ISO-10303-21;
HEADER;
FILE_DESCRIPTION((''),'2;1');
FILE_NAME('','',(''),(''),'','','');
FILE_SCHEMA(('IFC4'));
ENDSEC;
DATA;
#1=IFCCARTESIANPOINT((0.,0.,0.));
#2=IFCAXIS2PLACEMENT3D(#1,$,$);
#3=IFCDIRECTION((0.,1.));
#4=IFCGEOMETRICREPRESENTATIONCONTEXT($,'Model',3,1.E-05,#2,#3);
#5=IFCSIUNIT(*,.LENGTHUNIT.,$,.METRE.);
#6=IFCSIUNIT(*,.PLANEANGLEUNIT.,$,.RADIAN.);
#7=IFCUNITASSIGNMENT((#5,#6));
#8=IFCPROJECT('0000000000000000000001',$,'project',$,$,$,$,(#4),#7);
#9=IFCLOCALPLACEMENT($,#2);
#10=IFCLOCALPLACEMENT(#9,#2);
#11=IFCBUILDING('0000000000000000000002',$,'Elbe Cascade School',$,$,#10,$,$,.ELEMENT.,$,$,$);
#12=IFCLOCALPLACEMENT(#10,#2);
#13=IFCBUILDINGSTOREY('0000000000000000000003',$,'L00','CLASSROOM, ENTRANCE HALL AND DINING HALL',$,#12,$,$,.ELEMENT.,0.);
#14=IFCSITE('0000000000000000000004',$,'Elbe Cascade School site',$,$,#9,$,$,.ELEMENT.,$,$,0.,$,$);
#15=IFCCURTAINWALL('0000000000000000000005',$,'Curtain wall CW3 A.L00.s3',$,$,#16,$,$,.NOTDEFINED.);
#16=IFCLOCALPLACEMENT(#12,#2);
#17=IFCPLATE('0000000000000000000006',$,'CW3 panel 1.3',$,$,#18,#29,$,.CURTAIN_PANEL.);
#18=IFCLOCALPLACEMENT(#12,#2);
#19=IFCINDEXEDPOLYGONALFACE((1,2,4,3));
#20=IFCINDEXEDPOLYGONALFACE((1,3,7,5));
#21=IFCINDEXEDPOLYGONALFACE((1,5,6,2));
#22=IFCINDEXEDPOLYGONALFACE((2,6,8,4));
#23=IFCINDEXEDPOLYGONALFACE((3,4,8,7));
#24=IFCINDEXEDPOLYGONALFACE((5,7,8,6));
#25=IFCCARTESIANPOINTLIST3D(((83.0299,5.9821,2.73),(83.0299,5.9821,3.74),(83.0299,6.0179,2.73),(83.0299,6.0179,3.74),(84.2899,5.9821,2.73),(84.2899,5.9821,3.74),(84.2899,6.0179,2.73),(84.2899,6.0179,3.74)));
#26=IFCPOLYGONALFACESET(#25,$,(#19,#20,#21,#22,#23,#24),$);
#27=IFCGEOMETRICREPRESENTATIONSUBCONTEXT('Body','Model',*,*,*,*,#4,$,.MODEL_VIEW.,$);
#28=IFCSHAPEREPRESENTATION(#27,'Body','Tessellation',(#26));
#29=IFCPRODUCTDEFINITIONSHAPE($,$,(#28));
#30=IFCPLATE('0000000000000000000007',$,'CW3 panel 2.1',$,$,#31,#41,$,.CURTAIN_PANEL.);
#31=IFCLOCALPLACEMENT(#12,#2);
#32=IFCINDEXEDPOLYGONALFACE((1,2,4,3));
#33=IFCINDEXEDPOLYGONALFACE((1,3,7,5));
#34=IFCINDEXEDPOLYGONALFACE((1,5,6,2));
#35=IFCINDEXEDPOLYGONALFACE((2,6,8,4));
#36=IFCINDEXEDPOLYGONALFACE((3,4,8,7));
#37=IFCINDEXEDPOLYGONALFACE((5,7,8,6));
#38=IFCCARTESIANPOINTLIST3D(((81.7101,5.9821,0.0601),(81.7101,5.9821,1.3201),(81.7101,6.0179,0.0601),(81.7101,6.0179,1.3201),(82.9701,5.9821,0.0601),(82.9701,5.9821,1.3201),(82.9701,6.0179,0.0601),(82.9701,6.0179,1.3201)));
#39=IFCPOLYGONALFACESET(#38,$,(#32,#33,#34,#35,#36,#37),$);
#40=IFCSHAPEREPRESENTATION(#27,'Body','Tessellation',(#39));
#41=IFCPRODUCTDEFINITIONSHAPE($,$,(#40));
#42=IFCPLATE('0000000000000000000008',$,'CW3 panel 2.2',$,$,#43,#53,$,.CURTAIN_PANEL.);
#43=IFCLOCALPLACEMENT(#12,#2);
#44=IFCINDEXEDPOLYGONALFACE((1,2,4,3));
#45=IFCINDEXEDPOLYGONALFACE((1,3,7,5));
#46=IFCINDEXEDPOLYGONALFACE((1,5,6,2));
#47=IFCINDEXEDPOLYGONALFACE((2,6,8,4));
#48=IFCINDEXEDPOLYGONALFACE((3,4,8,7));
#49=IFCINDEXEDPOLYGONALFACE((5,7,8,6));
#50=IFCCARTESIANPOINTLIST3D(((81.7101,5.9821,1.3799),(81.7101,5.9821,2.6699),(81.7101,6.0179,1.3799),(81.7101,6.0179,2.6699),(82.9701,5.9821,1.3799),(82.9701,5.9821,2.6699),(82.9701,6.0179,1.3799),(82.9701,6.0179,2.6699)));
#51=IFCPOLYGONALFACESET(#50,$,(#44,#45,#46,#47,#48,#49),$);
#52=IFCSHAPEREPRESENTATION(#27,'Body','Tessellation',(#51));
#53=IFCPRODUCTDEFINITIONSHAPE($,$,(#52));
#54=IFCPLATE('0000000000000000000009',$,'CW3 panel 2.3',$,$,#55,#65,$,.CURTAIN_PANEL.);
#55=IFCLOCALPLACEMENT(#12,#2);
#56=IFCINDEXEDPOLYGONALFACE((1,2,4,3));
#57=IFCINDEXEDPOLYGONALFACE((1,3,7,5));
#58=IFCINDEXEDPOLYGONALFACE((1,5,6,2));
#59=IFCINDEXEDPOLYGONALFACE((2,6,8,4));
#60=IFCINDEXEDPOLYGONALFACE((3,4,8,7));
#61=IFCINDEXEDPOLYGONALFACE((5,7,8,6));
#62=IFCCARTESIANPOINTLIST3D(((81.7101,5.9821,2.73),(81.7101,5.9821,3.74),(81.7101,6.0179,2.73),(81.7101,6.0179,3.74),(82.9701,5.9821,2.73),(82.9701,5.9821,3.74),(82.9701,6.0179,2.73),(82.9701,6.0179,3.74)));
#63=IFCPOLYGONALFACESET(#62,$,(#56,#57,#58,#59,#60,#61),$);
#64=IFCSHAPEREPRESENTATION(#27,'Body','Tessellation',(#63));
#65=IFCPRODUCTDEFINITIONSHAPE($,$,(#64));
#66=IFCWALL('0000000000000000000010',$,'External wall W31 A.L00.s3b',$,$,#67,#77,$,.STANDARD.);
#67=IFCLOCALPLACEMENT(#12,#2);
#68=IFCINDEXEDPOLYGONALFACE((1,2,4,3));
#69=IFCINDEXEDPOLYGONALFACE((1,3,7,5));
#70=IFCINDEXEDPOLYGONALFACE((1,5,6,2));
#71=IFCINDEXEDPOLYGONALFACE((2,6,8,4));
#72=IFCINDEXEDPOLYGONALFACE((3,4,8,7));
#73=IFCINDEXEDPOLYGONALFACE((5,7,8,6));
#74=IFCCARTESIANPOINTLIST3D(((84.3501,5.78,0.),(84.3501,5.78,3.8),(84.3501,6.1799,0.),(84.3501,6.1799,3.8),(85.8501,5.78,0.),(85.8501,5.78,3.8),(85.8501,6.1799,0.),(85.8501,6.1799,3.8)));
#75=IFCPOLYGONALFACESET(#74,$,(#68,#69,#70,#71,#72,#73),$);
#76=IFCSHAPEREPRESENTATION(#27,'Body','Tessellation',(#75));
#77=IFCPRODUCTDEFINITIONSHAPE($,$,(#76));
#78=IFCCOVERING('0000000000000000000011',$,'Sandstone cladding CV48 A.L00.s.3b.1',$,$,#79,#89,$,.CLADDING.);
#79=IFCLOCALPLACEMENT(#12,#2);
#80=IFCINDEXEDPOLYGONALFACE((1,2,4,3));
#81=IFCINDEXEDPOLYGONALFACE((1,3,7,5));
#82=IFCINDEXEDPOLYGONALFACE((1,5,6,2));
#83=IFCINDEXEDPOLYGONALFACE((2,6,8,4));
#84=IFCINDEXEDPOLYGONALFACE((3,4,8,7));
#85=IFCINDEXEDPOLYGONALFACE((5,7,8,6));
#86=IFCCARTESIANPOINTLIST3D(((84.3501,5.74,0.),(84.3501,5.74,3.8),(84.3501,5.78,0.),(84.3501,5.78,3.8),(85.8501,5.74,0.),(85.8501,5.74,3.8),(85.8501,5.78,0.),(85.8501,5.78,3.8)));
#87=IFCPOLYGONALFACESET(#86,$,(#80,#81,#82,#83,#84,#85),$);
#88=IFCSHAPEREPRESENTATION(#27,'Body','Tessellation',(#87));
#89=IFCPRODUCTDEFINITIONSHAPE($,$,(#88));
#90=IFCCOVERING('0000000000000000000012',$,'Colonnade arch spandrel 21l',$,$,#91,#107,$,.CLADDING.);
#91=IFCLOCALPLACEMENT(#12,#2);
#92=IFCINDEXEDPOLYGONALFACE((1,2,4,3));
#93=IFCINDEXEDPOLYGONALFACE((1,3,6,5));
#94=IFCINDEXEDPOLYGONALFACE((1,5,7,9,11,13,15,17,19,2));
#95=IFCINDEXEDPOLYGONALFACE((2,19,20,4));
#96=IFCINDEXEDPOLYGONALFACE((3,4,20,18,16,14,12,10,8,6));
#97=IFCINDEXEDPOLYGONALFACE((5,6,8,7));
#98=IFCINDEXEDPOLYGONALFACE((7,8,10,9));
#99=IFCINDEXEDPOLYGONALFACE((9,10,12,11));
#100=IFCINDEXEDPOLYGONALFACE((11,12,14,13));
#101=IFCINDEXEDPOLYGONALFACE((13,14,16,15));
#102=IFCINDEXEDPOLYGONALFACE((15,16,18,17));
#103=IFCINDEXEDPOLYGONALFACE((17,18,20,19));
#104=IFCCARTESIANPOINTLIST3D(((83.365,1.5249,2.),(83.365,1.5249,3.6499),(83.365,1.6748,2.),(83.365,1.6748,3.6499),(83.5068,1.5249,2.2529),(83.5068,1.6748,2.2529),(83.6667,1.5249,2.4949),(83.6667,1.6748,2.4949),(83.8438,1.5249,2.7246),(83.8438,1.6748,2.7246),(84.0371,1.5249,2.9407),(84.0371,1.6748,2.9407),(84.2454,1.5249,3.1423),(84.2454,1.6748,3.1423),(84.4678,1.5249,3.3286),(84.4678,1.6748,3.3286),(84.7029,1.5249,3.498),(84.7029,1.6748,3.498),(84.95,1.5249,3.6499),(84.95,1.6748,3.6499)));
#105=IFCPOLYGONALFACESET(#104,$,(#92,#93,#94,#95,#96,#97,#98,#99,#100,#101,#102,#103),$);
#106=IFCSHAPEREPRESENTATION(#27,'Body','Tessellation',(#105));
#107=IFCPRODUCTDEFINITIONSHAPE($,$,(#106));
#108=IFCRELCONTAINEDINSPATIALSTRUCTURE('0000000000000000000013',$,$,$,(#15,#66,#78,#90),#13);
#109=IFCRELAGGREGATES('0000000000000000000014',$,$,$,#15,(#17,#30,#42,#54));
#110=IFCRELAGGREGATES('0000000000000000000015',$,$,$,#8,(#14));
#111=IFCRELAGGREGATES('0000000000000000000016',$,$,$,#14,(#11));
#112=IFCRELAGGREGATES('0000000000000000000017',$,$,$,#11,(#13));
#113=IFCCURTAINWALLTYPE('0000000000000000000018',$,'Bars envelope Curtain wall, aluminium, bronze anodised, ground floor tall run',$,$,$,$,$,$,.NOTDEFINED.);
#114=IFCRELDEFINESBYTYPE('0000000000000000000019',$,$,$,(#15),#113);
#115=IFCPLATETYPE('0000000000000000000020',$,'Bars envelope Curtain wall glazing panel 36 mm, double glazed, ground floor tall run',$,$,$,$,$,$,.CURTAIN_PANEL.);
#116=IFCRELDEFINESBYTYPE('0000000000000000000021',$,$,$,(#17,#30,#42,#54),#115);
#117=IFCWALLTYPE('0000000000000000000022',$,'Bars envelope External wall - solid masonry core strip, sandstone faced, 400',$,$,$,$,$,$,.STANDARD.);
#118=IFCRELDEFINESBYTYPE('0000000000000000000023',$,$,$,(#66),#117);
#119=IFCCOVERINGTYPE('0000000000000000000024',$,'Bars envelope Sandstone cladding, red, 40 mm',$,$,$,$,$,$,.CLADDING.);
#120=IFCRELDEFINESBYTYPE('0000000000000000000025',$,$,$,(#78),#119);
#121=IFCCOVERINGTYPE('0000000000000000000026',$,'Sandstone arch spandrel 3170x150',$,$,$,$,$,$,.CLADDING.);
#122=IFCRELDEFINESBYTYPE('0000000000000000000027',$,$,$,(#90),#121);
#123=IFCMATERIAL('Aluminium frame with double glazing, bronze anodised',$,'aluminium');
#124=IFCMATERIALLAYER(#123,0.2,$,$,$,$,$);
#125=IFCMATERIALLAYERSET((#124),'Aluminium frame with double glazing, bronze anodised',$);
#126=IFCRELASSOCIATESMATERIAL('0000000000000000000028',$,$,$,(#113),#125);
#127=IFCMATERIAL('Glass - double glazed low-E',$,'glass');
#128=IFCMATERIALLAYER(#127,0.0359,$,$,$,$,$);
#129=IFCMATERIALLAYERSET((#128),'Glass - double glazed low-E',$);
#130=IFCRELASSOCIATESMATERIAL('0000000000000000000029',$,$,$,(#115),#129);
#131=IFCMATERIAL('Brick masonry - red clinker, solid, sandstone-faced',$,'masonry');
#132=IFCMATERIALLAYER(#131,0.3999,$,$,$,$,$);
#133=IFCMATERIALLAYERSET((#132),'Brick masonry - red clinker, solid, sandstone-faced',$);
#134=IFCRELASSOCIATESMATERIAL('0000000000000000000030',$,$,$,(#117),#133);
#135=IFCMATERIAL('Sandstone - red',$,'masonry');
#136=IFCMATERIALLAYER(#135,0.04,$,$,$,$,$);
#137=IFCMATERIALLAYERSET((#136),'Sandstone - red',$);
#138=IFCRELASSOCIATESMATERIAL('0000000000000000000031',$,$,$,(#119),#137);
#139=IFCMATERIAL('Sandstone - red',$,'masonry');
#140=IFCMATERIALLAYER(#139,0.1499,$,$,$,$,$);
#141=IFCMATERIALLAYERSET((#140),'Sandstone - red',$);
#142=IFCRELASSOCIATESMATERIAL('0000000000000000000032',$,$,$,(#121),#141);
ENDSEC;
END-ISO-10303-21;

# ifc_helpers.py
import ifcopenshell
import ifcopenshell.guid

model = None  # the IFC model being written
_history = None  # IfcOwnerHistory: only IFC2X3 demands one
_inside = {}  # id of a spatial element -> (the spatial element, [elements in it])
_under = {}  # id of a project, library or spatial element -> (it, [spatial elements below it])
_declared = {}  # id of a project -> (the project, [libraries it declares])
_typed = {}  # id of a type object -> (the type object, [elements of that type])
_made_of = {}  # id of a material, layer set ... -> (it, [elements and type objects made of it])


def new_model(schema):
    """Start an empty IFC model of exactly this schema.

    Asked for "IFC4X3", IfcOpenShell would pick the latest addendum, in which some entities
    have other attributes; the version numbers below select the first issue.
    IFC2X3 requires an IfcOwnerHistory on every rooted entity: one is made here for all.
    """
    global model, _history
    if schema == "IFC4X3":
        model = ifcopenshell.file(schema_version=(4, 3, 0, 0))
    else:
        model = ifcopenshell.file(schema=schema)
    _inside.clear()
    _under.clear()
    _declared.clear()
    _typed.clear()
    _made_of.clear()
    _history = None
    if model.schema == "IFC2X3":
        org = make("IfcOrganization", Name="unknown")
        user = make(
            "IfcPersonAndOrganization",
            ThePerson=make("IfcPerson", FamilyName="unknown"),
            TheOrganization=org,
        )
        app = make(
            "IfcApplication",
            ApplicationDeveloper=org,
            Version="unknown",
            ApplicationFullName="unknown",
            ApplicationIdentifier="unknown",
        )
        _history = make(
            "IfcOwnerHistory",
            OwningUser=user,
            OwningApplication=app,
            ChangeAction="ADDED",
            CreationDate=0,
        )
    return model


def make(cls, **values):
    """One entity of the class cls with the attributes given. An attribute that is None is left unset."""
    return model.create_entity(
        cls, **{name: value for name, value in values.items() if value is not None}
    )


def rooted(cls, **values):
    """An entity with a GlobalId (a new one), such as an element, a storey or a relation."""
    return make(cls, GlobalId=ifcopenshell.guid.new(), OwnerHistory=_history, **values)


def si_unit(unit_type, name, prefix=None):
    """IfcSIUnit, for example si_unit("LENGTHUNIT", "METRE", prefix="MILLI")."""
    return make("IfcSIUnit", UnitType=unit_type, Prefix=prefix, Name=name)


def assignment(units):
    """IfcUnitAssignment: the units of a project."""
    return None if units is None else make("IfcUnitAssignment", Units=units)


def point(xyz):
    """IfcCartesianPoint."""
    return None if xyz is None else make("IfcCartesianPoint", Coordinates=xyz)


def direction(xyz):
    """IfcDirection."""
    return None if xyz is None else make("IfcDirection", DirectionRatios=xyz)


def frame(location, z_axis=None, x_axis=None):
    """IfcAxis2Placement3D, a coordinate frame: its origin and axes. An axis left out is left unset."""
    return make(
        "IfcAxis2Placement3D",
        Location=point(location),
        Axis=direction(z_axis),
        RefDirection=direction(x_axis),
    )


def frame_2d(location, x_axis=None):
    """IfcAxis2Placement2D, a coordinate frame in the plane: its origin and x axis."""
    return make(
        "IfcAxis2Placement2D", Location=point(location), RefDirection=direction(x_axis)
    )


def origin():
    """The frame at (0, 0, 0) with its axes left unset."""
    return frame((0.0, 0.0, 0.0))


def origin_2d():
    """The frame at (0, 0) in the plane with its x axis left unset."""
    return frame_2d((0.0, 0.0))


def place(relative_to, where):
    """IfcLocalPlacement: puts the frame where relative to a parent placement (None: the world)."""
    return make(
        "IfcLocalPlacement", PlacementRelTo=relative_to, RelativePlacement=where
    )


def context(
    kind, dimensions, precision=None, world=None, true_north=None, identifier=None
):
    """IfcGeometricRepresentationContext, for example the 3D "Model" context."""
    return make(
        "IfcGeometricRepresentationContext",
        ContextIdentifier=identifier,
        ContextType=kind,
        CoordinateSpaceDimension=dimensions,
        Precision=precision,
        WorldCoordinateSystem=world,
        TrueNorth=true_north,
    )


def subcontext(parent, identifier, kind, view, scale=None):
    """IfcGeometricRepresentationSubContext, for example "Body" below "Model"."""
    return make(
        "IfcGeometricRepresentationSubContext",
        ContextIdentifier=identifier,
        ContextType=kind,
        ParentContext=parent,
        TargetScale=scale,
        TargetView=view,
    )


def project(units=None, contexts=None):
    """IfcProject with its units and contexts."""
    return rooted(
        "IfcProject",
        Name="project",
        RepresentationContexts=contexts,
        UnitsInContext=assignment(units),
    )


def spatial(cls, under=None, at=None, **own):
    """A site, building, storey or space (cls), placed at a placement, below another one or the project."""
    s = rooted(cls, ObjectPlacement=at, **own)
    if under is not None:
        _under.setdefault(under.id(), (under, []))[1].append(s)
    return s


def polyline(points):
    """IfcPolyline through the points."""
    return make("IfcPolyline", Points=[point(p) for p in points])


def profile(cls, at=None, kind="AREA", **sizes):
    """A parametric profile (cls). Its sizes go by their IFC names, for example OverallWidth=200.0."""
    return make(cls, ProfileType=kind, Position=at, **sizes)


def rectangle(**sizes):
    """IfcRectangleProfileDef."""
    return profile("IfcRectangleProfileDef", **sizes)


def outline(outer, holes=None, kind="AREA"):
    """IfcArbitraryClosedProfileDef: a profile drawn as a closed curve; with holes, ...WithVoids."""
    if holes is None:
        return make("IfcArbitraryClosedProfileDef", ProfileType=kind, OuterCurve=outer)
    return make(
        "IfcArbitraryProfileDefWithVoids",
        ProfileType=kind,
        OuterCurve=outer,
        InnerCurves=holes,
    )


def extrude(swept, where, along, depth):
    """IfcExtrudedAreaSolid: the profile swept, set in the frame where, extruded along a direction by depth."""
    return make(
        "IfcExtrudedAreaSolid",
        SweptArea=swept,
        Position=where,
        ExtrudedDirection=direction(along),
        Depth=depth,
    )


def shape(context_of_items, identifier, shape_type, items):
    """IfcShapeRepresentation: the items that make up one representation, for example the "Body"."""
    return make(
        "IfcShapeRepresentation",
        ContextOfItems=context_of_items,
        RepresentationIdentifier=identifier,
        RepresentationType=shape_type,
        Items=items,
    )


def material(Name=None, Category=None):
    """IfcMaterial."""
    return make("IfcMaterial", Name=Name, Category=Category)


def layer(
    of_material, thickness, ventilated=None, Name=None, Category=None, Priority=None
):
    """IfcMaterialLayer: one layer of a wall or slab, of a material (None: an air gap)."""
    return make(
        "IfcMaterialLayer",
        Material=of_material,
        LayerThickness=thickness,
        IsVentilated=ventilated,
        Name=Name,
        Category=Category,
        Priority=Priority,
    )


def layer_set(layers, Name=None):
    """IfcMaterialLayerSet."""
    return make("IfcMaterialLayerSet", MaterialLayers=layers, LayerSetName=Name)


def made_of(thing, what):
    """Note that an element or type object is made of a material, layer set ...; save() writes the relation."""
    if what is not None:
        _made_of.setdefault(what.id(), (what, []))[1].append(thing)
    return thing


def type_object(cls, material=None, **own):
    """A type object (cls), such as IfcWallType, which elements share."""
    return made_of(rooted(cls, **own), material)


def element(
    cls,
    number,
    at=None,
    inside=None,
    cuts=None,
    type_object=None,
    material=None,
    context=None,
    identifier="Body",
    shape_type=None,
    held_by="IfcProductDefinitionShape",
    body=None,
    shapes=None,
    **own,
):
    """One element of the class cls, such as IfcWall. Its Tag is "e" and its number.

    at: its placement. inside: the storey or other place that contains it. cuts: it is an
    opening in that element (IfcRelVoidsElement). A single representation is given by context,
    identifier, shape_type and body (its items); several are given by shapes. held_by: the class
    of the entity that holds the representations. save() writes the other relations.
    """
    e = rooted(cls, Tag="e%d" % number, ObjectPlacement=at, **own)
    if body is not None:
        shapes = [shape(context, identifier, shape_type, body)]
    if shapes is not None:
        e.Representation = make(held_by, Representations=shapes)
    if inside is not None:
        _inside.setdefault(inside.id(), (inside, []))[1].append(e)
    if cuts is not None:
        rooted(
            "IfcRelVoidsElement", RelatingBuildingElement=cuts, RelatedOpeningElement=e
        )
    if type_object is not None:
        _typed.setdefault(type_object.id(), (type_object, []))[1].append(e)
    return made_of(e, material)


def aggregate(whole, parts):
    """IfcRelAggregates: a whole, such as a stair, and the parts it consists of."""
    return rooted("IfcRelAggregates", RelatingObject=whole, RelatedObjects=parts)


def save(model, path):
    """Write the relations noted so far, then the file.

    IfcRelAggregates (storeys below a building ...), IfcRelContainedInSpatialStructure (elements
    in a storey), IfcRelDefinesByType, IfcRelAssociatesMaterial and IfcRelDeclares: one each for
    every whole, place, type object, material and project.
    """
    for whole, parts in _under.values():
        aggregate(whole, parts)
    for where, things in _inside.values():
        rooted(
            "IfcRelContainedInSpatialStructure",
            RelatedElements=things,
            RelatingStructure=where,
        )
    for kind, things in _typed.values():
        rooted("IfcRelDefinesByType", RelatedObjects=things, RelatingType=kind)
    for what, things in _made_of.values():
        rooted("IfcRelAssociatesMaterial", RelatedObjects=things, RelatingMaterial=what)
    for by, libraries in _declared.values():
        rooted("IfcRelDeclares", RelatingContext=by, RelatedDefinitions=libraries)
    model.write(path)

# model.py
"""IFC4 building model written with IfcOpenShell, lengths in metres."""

from ifc_helpers import new_model, si_unit, direction, frame, frame_2d, origin, origin_2d, place, context, subcontext, project, spatial, polyline, rectangle, outline, extrude, material, layer, layer_set, type_object, element, aggregate, save


model = new_model("IFC4")

# Units and contexts
model_context = context("Model", 3, precision=1e-05, world=origin(), true_north=direction((0.0, 1.0)))
body_context = subcontext(model_context, "Body", "Model", "MODEL_VIEW")
ifc_project = project(units=[si_unit("LENGTHUNIT", "METRE"), si_unit("PLANEANGLEUNIT", "RADIAN")], contexts=[model_context])

# Site, building, storey
site_placement = place(None, origin())
site = spatial("IfcSite", under=ifc_project, at=site_placement, Name="Elbe Cascade School site", CompositionType="ELEMENT", RefElevation=0.0)
building_placement = place(site_placement, origin())
building = spatial("IfcBuilding", under=site, at=building_placement, Name="Elbe Cascade School", CompositionType="ELEMENT")
storey_placement = place(building_placement, origin())
storey = spatial("IfcBuildingStorey", under=building, at=storey_placement, Name="L00", Description="CLASSROOM, ENTRANCE HALL AND DINING HALL", CompositionType="ELEMENT", Elevation=0.0)

# Curtain wall
ifc_material_1 = material(Name="Aluminium frame with double glazing, bronze anodised", Category="aluminium")
ifc_layer_1 = layer(ifc_material_1, 0.2)
ifc_layer_set_1 = layer_set([ifc_layer_1], Name="Aluminium frame with double glazing, bronze anodised")
curtain_wall_type = type_object("IfcCurtainWallType", Name="Bars envelope Curtain wall, aluminium, bronze anodised, ground floor tall run", PredefinedType="NOTDEFINED", material=ifc_layer_set_1)
curtain_wall_placement = place(storey_placement, origin())
curtain_wall = element("IfcCurtainWall", 1, at=curtain_wall_placement, inside=storey, type_object=curtain_wall_type, Name="Curtain wall CW3 A.L00.s3", PredefinedType="NOTDEFINED")

# Plates
ifc_material_2 = material(Name="Glass - double glazed low-E", Category="glass")
ifc_layer_2 = layer(ifc_material_2, 0.0359)
ifc_layer_set_2 = layer_set([ifc_layer_2], Name="Glass - double glazed low-E")
plate_type = type_object("IfcPlateType", Name="Bars envelope Curtain wall glazing panel 36 mm, double glazed, ground floor tall run", PredefinedType="CURTAIN_PANEL", material=ifc_layer_set_2)
plate_1_placement = place(storey_placement, frame((83.6599, 6.0, 2.73), z_axis=(0.0, 0.0, 1.0), x_axis=(-1.0, 0.0, 0.0)))
plate_1 = element("IfcPlate", 2, at=plate_1_placement, type_object=plate_type, Name="CW3 panel 1.3", PredefinedType="CURTAIN_PANEL", context=body_context, shape_type="SweptSolid", body=[
    extrude(rectangle(XDim=1.26, YDim=0.0359, at=origin_2d()), origin(), (0.0, 0.0, 1.0), 1.01),
])
plate_2_placement = place(storey_placement, frame((82.3401, 6.0, 0.0601), z_axis=(0.0, 0.0, 1.0), x_axis=(-1.0, 0.0, 0.0)))
plate_2 = element("IfcPlate", 3, at=plate_2_placement, type_object=plate_type, Name="CW3 panel 2.1", PredefinedType="CURTAIN_PANEL", context=body_context, shape_type="SweptSolid", body=[
    extrude(rectangle(XDim=1.26, YDim=0.0359, at=origin_2d()), origin(), (0.0, 0.0, 1.0), 1.26),
])
plate_3_placement = place(storey_placement, frame((82.3401, 6.0, 1.3799), z_axis=(0.0, 0.0, 1.0), x_axis=(-1.0, 0.0, 0.0)))
plate_3 = element("IfcPlate", 4, at=plate_3_placement, type_object=plate_type, Name="CW3 panel 2.2", PredefinedType="CURTAIN_PANEL", context=body_context, shape_type="SweptSolid", body=[
    extrude(rectangle(XDim=1.26, YDim=0.0359, at=origin_2d()), origin(), (0.0, 0.0, 1.0), 1.29),
])
plate_4_placement = place(storey_placement, frame((82.3401, 6.0, 2.73), z_axis=(0.0, 0.0, 1.0), x_axis=(-1.0, 0.0, 0.0)))
plate_4 = element("IfcPlate", 5, at=plate_4_placement, type_object=plate_type, Name="CW3 panel 2.3", PredefinedType="CURTAIN_PANEL", context=body_context, shape_type="SweptSolid", body=[
    extrude(rectangle(XDim=1.26, YDim=0.0359, at=origin_2d()), origin(), (0.0, 0.0, 1.0), 1.01),
])
aggregate(curtain_wall, [plate_1, plate_2, plate_3, plate_4])

# Wall
ifc_material_3 = material(Name="Brick masonry - red clinker, solid, sandstone-faced", Category="masonry")
ifc_layer_3 = layer(ifc_material_3, 0.3999)
ifc_layer_set_3 = layer_set([ifc_layer_3], Name="Brick masonry - red clinker, solid, sandstone-faced")
wall_type = type_object("IfcWallType", Name="Bars envelope External wall - solid masonry core strip, sandstone faced, 400", PredefinedType="STANDARD", material=ifc_layer_set_3)
wall_placement = place(storey_placement, frame((85.8501, 5.98, 0.0), z_axis=(0.0, 0.0, 1.0), x_axis=(-1.0, 0.0, 0.0)))
element("IfcWall", 6, at=wall_placement, inside=storey, type_object=wall_type, Name="External wall W31 A.L00.s3b", PredefinedType="STANDARD", context=body_context, shape_type="SweptSolid", body=[
    extrude(rectangle(XDim=1.5, YDim=0.3999, at=frame_2d((0.75, 0.0))), origin(), (0.0, 0.0, 1.0), 3.8),
])

# Coverings
ifc_material_4 = material(Name="Sandstone - red", Category="masonry")
ifc_layer_4 = layer(ifc_material_4, 0.04)
ifc_layer_set_4 = layer_set([ifc_layer_4], Name="Sandstone - red")
covering_type_1 = type_object("IfcCoveringType", Name="Bars envelope Sandstone cladding, red, 40 mm", PredefinedType="CLADDING", material=ifc_layer_set_4)
covering_1_placement = place(storey_placement, frame((85.1001, 5.76, 0.0), z_axis=(0.0, 0.0, 1.0), x_axis=(1.0, 0.0, 0.0)))
element("IfcCovering", 7, at=covering_1_placement, inside=storey, type_object=covering_type_1, Name="Sandstone cladding CV48 A.L00.s.3b.1", PredefinedType="CLADDING", context=body_context, shape_type="SweptSolid", body=[
    extrude(rectangle(XDim=1.5, YDim=0.04, at=origin_2d()), origin(), (0.0, 0.0, 1.0), 3.8),
])
ifc_material_5 = material(Name="Sandstone - red", Category="masonry")
ifc_layer_5 = layer(ifc_material_5, 0.1499)
ifc_layer_set_5 = layer_set([ifc_layer_5], Name="Sandstone - red")
covering_type_2 = type_object("IfcCoveringType", Name="Sandstone arch spandrel 3170x150", PredefinedType="CLADDING", material=ifc_layer_set_5)
covering_2_placement = place(storey_placement, frame((83.365, 1.5249, 3.6499), z_axis=(0.0, -1.0, 0.0), x_axis=(0.0, 0.0, -1.0)))
element("IfcCovering", 8, at=covering_2_placement, inside=storey, type_object=covering_type_2, Name="Colonnade arch spandrel 21l", PredefinedType="CLADDING", context=body_context, shape_type="SweptSolid", body=[
    extrude(outline(polyline([(0.0, 0.0), (1.6499, 0.0), (1.397, 0.1418), (1.155, 0.3018), (0.9253, 0.4788), (0.7092, 0.6721), (0.5076, 0.8804), (0.3213, 1.1028), (0.1519, 1.3379), (0.0, 1.585), (0.0, 0.0)])), origin(), (0.0, 0.0, -1.0), 0.1499),
])

save(model, "model.ifc")
